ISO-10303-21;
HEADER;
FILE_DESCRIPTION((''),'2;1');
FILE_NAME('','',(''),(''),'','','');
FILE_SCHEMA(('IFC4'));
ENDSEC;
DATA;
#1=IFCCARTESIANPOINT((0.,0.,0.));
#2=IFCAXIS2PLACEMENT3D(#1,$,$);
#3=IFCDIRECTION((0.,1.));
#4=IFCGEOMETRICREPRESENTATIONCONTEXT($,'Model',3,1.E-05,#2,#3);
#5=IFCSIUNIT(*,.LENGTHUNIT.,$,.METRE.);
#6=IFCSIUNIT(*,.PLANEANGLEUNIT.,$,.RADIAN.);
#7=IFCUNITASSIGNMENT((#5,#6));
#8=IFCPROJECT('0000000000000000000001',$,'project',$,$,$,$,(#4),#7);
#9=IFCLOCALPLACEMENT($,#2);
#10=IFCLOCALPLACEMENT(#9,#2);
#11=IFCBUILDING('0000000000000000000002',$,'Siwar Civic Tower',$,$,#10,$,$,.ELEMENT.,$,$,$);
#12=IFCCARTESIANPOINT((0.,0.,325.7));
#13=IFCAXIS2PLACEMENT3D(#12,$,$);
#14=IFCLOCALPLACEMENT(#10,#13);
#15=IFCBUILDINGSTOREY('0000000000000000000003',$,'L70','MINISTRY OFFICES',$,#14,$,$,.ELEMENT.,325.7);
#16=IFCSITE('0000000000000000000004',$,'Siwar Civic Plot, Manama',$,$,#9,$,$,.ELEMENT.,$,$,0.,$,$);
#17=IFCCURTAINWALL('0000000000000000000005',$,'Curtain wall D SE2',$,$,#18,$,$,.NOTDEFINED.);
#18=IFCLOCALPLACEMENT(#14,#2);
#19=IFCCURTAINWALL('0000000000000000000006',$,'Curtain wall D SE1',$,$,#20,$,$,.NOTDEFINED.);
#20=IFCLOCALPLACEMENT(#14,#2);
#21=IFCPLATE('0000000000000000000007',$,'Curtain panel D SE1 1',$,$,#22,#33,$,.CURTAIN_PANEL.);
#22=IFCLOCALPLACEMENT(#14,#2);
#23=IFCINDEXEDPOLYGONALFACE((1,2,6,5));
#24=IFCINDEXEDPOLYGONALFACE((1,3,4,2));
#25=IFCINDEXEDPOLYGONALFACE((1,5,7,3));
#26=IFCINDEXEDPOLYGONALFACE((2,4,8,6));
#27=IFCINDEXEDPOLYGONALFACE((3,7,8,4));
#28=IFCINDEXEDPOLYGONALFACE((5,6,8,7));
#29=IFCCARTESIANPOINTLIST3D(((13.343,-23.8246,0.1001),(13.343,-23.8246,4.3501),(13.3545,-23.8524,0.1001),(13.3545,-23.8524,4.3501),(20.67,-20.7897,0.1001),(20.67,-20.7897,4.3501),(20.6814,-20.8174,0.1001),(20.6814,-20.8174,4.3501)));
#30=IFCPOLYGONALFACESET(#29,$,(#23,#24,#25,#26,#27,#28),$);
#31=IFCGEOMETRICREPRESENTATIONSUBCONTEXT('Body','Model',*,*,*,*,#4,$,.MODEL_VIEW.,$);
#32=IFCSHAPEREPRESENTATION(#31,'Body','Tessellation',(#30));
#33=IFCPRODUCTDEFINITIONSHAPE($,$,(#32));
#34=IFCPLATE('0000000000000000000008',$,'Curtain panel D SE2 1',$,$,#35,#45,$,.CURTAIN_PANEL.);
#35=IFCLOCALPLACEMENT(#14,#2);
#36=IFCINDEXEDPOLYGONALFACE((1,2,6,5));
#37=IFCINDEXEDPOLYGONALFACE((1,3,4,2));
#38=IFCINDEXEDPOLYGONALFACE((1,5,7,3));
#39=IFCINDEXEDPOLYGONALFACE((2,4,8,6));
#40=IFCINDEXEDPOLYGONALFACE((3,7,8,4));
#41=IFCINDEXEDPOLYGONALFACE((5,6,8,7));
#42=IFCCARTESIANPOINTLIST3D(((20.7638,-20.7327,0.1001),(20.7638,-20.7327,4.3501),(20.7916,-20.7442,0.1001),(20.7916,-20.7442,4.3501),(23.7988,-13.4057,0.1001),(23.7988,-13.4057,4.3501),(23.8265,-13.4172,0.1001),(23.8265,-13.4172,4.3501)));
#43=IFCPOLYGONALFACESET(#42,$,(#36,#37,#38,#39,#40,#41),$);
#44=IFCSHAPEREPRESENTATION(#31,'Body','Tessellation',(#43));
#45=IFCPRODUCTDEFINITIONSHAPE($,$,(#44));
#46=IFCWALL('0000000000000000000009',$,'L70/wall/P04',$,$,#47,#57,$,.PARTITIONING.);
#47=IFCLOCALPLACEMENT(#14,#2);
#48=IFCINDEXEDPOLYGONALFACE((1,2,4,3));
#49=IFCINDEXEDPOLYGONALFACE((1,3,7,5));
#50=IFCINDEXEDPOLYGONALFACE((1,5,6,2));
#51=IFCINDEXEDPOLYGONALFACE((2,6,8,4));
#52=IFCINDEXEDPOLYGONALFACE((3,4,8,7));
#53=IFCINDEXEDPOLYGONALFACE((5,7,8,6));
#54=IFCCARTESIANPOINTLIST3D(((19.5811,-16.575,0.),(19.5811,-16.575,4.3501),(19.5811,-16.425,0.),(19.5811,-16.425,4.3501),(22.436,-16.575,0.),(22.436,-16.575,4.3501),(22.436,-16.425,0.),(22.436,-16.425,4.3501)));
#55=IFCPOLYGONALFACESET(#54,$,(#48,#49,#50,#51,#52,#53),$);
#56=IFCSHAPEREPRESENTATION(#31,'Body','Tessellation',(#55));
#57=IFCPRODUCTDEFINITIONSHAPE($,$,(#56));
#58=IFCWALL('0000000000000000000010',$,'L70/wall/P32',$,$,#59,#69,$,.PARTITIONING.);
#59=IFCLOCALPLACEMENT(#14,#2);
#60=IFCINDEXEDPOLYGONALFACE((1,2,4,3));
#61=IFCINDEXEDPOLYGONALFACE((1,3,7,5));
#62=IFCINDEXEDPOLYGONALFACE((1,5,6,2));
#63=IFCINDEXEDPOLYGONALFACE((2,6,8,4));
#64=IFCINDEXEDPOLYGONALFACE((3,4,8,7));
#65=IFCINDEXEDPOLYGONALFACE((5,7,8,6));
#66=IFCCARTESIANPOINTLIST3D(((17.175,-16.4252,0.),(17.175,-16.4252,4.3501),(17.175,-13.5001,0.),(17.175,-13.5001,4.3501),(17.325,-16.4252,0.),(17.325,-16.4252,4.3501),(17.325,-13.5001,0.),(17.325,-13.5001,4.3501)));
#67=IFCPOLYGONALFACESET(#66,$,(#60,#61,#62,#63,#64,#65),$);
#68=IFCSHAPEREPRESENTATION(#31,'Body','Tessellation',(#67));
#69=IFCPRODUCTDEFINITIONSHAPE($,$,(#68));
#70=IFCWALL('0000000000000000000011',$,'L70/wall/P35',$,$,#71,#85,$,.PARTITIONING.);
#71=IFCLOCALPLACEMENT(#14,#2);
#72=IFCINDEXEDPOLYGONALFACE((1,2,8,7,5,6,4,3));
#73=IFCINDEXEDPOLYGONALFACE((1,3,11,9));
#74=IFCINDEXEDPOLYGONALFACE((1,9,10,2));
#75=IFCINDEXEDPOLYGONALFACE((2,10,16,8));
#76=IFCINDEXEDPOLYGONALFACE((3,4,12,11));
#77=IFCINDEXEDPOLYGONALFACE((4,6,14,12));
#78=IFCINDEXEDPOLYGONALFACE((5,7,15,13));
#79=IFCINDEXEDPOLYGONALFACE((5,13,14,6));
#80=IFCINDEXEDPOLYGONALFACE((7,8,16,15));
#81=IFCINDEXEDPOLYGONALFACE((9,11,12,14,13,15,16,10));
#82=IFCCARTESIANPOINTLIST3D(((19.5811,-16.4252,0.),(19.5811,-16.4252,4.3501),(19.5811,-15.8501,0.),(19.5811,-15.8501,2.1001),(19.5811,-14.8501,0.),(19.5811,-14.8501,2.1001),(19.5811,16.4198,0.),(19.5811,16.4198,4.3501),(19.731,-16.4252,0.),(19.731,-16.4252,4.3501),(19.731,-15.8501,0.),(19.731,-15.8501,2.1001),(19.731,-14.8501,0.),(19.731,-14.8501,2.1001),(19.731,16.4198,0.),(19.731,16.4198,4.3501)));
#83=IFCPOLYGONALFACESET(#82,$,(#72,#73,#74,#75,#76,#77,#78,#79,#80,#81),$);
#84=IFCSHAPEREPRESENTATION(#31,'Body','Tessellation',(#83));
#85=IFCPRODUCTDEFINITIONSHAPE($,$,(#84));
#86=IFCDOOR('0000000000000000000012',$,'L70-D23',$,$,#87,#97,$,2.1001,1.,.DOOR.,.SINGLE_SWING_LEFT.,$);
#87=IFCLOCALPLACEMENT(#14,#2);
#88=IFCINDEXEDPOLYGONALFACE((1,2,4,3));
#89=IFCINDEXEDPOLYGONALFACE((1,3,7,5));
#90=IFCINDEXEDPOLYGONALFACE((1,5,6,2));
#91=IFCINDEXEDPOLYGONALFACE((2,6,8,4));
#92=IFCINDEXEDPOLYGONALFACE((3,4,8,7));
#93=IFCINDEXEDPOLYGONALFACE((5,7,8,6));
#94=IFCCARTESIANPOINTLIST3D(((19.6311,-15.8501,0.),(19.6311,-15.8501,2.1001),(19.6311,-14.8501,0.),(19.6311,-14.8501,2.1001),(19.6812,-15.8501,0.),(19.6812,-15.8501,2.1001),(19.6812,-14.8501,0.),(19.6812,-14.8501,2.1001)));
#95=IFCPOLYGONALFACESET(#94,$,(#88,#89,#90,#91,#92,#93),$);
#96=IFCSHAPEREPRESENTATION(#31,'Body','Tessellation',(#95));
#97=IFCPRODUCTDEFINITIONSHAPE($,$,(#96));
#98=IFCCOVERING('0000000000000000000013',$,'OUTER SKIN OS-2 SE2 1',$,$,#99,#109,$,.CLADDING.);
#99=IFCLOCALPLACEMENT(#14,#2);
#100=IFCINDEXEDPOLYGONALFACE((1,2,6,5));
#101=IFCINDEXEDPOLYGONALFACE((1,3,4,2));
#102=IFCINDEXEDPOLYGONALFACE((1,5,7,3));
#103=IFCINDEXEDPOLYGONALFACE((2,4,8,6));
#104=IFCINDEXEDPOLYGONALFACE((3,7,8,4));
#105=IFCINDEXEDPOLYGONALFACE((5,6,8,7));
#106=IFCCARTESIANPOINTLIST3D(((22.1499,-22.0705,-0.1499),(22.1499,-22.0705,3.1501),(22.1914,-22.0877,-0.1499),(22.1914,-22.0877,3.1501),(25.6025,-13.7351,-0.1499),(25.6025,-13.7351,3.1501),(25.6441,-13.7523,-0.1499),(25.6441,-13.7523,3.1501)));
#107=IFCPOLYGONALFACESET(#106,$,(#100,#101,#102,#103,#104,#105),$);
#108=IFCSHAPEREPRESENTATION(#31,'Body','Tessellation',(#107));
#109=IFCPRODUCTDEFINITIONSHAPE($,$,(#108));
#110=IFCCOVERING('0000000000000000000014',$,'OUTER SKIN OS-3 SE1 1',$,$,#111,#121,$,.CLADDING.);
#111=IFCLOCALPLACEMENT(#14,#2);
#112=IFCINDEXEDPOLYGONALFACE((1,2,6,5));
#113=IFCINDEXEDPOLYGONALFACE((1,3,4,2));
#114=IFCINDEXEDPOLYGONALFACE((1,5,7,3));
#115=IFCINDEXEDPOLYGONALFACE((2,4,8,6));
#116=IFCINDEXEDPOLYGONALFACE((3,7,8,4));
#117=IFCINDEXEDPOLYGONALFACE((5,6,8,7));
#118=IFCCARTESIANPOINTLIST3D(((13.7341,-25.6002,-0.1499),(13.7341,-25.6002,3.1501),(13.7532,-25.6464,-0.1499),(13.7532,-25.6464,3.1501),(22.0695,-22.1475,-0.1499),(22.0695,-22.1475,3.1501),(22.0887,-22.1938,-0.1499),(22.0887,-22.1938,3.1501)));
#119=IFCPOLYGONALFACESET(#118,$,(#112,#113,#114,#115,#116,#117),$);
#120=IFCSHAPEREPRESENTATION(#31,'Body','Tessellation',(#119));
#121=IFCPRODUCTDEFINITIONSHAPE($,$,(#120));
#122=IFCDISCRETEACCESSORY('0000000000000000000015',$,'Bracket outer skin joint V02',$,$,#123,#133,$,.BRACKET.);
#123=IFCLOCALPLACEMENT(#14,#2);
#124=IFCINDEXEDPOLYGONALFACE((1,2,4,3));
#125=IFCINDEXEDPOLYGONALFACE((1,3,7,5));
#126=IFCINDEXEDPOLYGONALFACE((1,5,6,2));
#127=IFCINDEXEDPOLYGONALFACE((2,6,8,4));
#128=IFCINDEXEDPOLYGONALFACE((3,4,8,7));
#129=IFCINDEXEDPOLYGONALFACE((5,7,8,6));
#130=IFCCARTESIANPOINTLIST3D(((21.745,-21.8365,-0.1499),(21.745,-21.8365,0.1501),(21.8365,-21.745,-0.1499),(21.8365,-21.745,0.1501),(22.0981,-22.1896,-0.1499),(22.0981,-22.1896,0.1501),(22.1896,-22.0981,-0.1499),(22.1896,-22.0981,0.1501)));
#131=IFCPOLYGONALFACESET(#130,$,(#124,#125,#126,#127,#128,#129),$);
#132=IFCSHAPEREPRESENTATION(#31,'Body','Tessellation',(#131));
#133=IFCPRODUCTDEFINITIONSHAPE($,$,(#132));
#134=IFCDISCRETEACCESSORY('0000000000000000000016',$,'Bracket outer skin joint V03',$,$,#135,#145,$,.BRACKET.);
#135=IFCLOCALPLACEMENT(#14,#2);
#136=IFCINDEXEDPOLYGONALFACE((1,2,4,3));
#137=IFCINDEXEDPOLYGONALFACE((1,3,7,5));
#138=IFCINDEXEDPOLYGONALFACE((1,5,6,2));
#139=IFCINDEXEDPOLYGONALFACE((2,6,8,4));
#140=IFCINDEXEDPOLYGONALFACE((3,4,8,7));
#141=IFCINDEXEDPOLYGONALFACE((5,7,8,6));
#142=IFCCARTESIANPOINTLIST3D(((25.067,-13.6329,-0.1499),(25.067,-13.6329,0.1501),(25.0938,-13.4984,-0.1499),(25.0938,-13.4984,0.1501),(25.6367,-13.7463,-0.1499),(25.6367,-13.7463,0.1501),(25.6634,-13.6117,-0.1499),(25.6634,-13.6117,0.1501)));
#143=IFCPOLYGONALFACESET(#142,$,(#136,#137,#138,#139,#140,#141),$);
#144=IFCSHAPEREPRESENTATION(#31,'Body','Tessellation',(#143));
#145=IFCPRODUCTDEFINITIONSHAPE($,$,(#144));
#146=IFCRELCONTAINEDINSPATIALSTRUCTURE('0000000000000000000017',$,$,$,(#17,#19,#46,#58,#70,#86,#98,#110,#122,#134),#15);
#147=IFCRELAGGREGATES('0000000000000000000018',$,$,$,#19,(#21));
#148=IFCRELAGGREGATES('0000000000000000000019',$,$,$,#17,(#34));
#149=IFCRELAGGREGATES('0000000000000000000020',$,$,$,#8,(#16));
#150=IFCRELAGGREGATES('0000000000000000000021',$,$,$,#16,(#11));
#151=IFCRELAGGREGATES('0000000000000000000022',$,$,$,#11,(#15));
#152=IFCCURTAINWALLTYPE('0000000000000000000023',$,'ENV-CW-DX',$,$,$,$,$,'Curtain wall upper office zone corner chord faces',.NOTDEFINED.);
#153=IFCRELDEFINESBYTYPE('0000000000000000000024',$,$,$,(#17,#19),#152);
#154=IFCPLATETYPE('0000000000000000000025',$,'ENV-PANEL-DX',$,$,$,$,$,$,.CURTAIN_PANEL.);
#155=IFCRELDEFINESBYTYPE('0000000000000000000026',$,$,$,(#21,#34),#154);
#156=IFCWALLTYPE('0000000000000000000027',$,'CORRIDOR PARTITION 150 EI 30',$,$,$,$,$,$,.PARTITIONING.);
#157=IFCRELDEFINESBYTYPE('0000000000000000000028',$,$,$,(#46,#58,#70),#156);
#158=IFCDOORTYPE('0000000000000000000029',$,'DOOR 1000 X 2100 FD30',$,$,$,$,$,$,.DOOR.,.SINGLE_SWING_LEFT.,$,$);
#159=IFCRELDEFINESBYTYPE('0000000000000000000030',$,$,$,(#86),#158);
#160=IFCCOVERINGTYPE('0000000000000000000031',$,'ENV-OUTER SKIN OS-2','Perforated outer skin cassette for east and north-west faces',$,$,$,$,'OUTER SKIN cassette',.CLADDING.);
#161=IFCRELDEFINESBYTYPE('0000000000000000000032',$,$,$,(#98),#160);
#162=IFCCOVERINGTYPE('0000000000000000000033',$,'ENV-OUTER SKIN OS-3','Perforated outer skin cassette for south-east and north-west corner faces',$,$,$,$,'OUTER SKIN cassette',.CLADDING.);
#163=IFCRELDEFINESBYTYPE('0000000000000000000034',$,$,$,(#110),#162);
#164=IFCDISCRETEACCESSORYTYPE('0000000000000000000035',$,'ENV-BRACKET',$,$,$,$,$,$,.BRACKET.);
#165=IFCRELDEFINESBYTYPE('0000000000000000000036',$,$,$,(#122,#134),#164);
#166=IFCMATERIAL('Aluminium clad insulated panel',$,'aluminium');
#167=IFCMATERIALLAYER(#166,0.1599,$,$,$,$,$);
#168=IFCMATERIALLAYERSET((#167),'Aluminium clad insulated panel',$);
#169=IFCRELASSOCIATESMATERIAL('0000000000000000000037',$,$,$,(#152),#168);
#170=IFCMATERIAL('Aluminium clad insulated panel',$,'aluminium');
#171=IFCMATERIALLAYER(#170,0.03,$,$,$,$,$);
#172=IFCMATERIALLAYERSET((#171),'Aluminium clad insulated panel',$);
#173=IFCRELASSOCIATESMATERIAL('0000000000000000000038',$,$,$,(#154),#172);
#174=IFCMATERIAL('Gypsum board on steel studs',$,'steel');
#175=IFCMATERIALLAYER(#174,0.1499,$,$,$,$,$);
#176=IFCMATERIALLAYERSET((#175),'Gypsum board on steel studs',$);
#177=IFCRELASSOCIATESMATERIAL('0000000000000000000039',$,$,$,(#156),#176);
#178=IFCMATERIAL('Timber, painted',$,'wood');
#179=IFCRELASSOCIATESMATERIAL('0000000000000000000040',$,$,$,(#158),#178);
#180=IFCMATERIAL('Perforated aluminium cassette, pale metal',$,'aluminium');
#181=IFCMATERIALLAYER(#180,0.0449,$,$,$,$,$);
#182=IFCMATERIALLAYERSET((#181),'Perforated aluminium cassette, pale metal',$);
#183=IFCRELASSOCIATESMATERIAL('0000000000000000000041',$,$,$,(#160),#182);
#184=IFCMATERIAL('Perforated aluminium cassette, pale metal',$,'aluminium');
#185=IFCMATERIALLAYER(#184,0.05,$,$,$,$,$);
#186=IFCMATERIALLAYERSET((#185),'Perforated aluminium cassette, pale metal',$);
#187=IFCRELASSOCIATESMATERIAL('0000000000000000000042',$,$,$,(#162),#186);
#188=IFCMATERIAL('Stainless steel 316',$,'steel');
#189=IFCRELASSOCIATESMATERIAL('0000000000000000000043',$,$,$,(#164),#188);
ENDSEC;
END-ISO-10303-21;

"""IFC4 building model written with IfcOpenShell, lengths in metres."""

from ifc_helpers import new_model, si_unit, direction, frame, frame_2d, origin, origin_2d, place, context, subcontext, project, spatial, rectangle, extrude, material, layer, layer_set, type_object, element, fill, aggregate, save


model = new_model("IFC4")

# Units and contexts
model_context = context("Model", 3, precision=1e-05, world=origin(), true_north=direction((0.0, 1.0)))
body_context = subcontext(model_context, "Body", "Model", "MODEL_VIEW")
ifc_project = project(units=[si_unit("LENGTHUNIT", "METRE"), si_unit("PLANEANGLEUNIT", "RADIAN")], contexts=[model_context])

# Site, building, storey
site_placement = place(None, origin())
site = spatial("IfcSite", under=ifc_project, at=site_placement, Name="Siwar Civic Plot, Manama", CompositionType="ELEMENT", RefElevation=0.0)
building_placement = place(site_placement, origin())
building = spatial("IfcBuilding", under=site, at=building_placement, Name="Siwar Civic Tower", CompositionType="ELEMENT")
storey_placement = place(building_placement, frame((0.0, 0.0, 325.7)))
storey = spatial("IfcBuildingStorey", under=building, at=storey_placement, Name="L70", Description="MINISTRY OFFICES", CompositionType="ELEMENT", Elevation=325.7)

# Curtain wall
ifc_material_1 = material(Name="Aluminium clad insulated panel", Category="aluminium")
ifc_layer_1 = layer(ifc_material_1, 0.1599)
ifc_layer_set_1 = layer_set([ifc_layer_1], Name="Aluminium clad insulated panel")
curtain_wall_type = type_object("IfcCurtainWallType", Name="ENV-CW-DX", ElementType="Curtain wall upper office zone corner chord faces", PredefinedType="NOTDEFINED", material=ifc_layer_set_1)
curtain_wall_1_placement = place(storey_placement, origin())
curtain_wall_1 = element("IfcCurtainWall", 1, at=curtain_wall_1_placement, inside=storey, type_object=curtain_wall_type, Name="Curtain wall D SE2", PredefinedType="NOTDEFINED")

# Curtain wall, plate
curtain_wall_2_placement = place(storey_placement, origin())
curtain_wall_2 = element("IfcCurtainWall", 2, at=curtain_wall_2_placement, inside=storey, type_object=curtain_wall_type, Name="Curtain wall D SE1", PredefinedType="NOTDEFINED")
ifc_material_2 = material(Name="Aluminium clad insulated panel", Category="aluminium")
ifc_layer_2 = layer(ifc_material_2, 0.03)
ifc_layer_set_2 = layer_set([ifc_layer_2], Name="Aluminium clad insulated panel")
plate_type = type_object("IfcPlateType", Name="ENV-PANEL-DX", PredefinedType="CURTAIN_PANEL", material=ifc_layer_set_2)
plate_1_placement = place(storey_placement, frame((17.0122, -22.321, 0.1001), z_axis=(0.0, 0.0, 1.0), x_axis=(0.92388, 0.382683, 0.0)))
plate_1 = element("IfcPlate", 3, at=plate_1_placement, type_object=plate_type, Name="Curtain panel D SE1 1", PredefinedType="CURTAIN_PANEL", context=body_context, shape_type="SweptSolid", body=[
    extrude(rectangle(XDim=7.9307, YDim=0.03, at=origin_2d()), origin(), (0.0, 0.0, 1.0), 4.25),
])
aggregate(curtain_wall_2, [plate_1])

# Plate
plate_2_placement = place(storey_placement, frame((22.2952, -17.075, 0.1001), z_axis=(0.0, 0.0, 1.0), x_axis=(0.382683, 0.92388, 0.0)))
plate_2 = element("IfcPlate", 4, at=plate_2_placement, type_object=plate_type, Name="Curtain panel D SE2 1", PredefinedType="CURTAIN_PANEL", context=body_context, shape_type="SweptSolid", body=[
    extrude(rectangle(XDim=7.9307, YDim=0.03, at=origin_2d()), origin(), (0.0, 0.0, 1.0), 4.25),
])
aggregate(curtain_wall_1, [plate_2])

# Walls
ifc_material_3 = material(Name="Gypsum board on steel studs", Category="steel")
ifc_layer_3 = layer(ifc_material_3, 0.1499)
ifc_layer_set_3 = layer_set([ifc_layer_3], Name="Gypsum board on steel studs")
wall_type = type_object("IfcWallType", Name="CORRIDOR PARTITION 150 EI 30", PredefinedType="PARTITIONING", material=ifc_layer_set_3)
wall_1_placement = place(storey_placement, frame((19.5811, -16.5, 0.0), z_axis=(0.0, 0.0, 1.0), x_axis=(1.0, 0.0, 0.0)))
element("IfcWall", 5, at=wall_1_placement, inside=storey, type_object=wall_type, Name="L70/wall/P04", PredefinedType="PARTITIONING", context=body_context, shape_type="SweptSolid", body=[
    extrude(rectangle(XDim=2.855, YDim=0.1499, at=frame_2d((1.4275, 0.0))), origin(), (0.0, 0.0, 1.0), 4.3501),
])
wall_2_placement = place(storey_placement, frame((17.25, -16.425, 0.0), z_axis=(0.0, 0.0, 1.0), x_axis=(0.0, 1.0, 0.0)))
element("IfcWall", 6, at=wall_2_placement, inside=storey, type_object=wall_type, Name="L70/wall/P32", PredefinedType="PARTITIONING", context=body_context, shape_type="SweptSolid", body=[
    extrude(rectangle(XDim=2.925, YDim=0.1499, at=frame_2d((1.4624, 0.0))), origin(), (0.0, 0.0, 1.0), 4.3501),
])

# Wall, opening, door
wall_3_placement = place(storey_placement, frame((19.656, -16.425, 0.0), z_axis=(0.0, 0.0, 1.0), x_axis=(0.0, 1.0, 0.0)))
wall_3 = element("IfcWall", 7, at=wall_3_placement, inside=storey, type_object=wall_type, Name="L70/wall/P35", PredefinedType="PARTITIONING", context=body_context, shape_type="SweptSolid", body=[
    extrude(rectangle(XDim=32.845, YDim=0.1499, at=frame_2d((16.4224, 0.0))), origin(), (0.0, 0.0, 1.0), 4.3501),
])
opening_placement = place(wall_3_placement, frame((0.575, 0.0, 0.0)))
opening = element("IfcOpeningElement", 8, at=opening_placement, cuts=wall_3, PredefinedType="OPENING", context=body_context, shape_type="SweptSolid", body=[
    extrude(rectangle(XDim=1.0, YDim=2.1001, at=frame_2d((0.5, 1.05))), frame((0.0, 0.085, 0.0), z_axis=(0.0, -1.0, 0.0), x_axis=(1.0, 0.0, 0.0)), (0.0, 0.0, 1.0), 0.1699),
])
ifc_material_4 = material(Name="Timber, painted", Category="wood")
door_type = type_object("IfcDoorType", Name="DOOR 1000 X 2100 FD30", OperationType="SINGLE_SWING_LEFT", PredefinedType="DOOR", material=ifc_material_4)
door_placement = place(opening_placement, origin())
door = element("IfcDoor", 9, at=door_placement, inside=storey, type_object=door_type, Name="L70-D23", OperationType="SINGLE_SWING_LEFT", OverallHeight=2.1001, OverallWidth=1.0, PredefinedType="DOOR", context=body_context, shape_type="SweptSolid", body=[
    extrude(rectangle(XDim=1.0, YDim=2.1001, at=frame_2d((0.5, 1.05))), frame((0.0, 0.0249, 0.0), z_axis=(0.0, -1.0, 0.0), x_axis=(1.0, 0.0, 0.0)), (0.0, 0.0, 1.0), 0.05),
])
fill(opening, door)

# Coverings
ifc_material_5 = material(Name="Perforated aluminium cassette, pale metal", Category="aluminium")
ifc_layer_4 = layer(ifc_material_5, 0.0449)
ifc_layer_set_4 = layer_set([ifc_layer_4], Name="Perforated aluminium cassette, pale metal")
covering_type_1 = type_object("IfcCoveringType", Name="ENV-OUTER SKIN OS-2", Description="Perforated outer skin cassette for east and north-west faces", ElementType="OUTER SKIN cassette", PredefinedType="CLADDING", material=ifc_layer_set_4)
covering_1_placement = place(storey_placement, frame((23.897, -17.9114, -0.1499), z_axis=(0.0, 0.0, 1.0), x_axis=(0.382683, 0.92388, 0.0)))
element("IfcCovering", 10, at=covering_1_placement, inside=storey, type_object=covering_type_1, Name="OUTER SKIN OS-2 SE2 1", PredefinedType="CLADDING", context=body_context, shape_type="SweptSolid", body=[
    extrude(rectangle(XDim=9.0222, YDim=0.0449, at=origin_2d()), origin(), (0.0, 0.0, 1.0), 3.3),
])
ifc_material_6 = material(Name="Perforated aluminium cassette, pale metal", Category="aluminium")
ifc_layer_5 = layer(ifc_material_6, 0.05)
ifc_layer_set_5 = layer_set([ifc_layer_5], Name="Perforated aluminium cassette, pale metal")
covering_type_2 = type_object("IfcCoveringType", Name="ENV-OUTER SKIN OS-3", Description="Perforated outer skin cassette for south-east and north-west corner faces", ElementType="OUTER SKIN cassette", PredefinedType="CLADDING", material=ifc_layer_set_5)
covering_2_placement = place(storey_placement, frame((17.9114, -23.897, -0.1499), z_axis=(0.0, 0.0, 1.0), x_axis=(0.92388, 0.382683, 0.0)))
element("IfcCovering", 11, at=covering_2_placement, inside=storey, type_object=covering_type_2, Name="OUTER SKIN OS-3 SE1 1", PredefinedType="CLADDING", context=body_context, shape_type="SweptSolid", body=[
    extrude(rectangle(XDim=9.0222, YDim=0.05, at=origin_2d()), origin(), (0.0, 0.0, 1.0), 3.3),
])

# Discrete accessories
ifc_material_7 = material(Name="Stainless steel 316", Category="steel")
discrete_accessory_type = type_object("IfcDiscreteAccessoryType", Name="ENV-BRACKET", PredefinedType="BRACKET", material=ifc_material_7)
discrete_accessory_1_placement = place(storey_placement, frame((21.9673, -21.9673, -0.1499), z_axis=(0.0, 0.0, 1.0), x_axis=(0.707107, -0.707107, 0.0)))
element("IfcDiscreteAccessory", 12, at=discrete_accessory_1_placement, inside=storey, type_object=discrete_accessory_type, Name="Bracket outer skin joint V02", PredefinedType="BRACKET", context=body_context, shape_type="SweptSolid", body=[
    extrude(rectangle(XDim=0.4993, YDim=0.1294, at=origin_2d()), origin(), (0.0, 0.0, 1.0), 0.3),
])
discrete_accessory_2_placement = place(storey_placement, frame((25.3652, -13.6223, -0.1499), z_axis=(0.0, 0.0, 1.0), x_axis=(0.980785, -0.19509, 0.0)))
element("IfcDiscreteAccessory", 13, at=discrete_accessory_2_placement, inside=storey, type_object=discrete_accessory_type, Name="Bracket outer skin joint V03", PredefinedType="BRACKET", context=body_context, shape_type="SweptSolid", body=[
    extrude(rectangle(XDim=0.5808, YDim=0.1372, at=origin_2d()), origin(), (0.0, 0.0, 1.0), 0.3),
])

save(model, "model.ifc")
